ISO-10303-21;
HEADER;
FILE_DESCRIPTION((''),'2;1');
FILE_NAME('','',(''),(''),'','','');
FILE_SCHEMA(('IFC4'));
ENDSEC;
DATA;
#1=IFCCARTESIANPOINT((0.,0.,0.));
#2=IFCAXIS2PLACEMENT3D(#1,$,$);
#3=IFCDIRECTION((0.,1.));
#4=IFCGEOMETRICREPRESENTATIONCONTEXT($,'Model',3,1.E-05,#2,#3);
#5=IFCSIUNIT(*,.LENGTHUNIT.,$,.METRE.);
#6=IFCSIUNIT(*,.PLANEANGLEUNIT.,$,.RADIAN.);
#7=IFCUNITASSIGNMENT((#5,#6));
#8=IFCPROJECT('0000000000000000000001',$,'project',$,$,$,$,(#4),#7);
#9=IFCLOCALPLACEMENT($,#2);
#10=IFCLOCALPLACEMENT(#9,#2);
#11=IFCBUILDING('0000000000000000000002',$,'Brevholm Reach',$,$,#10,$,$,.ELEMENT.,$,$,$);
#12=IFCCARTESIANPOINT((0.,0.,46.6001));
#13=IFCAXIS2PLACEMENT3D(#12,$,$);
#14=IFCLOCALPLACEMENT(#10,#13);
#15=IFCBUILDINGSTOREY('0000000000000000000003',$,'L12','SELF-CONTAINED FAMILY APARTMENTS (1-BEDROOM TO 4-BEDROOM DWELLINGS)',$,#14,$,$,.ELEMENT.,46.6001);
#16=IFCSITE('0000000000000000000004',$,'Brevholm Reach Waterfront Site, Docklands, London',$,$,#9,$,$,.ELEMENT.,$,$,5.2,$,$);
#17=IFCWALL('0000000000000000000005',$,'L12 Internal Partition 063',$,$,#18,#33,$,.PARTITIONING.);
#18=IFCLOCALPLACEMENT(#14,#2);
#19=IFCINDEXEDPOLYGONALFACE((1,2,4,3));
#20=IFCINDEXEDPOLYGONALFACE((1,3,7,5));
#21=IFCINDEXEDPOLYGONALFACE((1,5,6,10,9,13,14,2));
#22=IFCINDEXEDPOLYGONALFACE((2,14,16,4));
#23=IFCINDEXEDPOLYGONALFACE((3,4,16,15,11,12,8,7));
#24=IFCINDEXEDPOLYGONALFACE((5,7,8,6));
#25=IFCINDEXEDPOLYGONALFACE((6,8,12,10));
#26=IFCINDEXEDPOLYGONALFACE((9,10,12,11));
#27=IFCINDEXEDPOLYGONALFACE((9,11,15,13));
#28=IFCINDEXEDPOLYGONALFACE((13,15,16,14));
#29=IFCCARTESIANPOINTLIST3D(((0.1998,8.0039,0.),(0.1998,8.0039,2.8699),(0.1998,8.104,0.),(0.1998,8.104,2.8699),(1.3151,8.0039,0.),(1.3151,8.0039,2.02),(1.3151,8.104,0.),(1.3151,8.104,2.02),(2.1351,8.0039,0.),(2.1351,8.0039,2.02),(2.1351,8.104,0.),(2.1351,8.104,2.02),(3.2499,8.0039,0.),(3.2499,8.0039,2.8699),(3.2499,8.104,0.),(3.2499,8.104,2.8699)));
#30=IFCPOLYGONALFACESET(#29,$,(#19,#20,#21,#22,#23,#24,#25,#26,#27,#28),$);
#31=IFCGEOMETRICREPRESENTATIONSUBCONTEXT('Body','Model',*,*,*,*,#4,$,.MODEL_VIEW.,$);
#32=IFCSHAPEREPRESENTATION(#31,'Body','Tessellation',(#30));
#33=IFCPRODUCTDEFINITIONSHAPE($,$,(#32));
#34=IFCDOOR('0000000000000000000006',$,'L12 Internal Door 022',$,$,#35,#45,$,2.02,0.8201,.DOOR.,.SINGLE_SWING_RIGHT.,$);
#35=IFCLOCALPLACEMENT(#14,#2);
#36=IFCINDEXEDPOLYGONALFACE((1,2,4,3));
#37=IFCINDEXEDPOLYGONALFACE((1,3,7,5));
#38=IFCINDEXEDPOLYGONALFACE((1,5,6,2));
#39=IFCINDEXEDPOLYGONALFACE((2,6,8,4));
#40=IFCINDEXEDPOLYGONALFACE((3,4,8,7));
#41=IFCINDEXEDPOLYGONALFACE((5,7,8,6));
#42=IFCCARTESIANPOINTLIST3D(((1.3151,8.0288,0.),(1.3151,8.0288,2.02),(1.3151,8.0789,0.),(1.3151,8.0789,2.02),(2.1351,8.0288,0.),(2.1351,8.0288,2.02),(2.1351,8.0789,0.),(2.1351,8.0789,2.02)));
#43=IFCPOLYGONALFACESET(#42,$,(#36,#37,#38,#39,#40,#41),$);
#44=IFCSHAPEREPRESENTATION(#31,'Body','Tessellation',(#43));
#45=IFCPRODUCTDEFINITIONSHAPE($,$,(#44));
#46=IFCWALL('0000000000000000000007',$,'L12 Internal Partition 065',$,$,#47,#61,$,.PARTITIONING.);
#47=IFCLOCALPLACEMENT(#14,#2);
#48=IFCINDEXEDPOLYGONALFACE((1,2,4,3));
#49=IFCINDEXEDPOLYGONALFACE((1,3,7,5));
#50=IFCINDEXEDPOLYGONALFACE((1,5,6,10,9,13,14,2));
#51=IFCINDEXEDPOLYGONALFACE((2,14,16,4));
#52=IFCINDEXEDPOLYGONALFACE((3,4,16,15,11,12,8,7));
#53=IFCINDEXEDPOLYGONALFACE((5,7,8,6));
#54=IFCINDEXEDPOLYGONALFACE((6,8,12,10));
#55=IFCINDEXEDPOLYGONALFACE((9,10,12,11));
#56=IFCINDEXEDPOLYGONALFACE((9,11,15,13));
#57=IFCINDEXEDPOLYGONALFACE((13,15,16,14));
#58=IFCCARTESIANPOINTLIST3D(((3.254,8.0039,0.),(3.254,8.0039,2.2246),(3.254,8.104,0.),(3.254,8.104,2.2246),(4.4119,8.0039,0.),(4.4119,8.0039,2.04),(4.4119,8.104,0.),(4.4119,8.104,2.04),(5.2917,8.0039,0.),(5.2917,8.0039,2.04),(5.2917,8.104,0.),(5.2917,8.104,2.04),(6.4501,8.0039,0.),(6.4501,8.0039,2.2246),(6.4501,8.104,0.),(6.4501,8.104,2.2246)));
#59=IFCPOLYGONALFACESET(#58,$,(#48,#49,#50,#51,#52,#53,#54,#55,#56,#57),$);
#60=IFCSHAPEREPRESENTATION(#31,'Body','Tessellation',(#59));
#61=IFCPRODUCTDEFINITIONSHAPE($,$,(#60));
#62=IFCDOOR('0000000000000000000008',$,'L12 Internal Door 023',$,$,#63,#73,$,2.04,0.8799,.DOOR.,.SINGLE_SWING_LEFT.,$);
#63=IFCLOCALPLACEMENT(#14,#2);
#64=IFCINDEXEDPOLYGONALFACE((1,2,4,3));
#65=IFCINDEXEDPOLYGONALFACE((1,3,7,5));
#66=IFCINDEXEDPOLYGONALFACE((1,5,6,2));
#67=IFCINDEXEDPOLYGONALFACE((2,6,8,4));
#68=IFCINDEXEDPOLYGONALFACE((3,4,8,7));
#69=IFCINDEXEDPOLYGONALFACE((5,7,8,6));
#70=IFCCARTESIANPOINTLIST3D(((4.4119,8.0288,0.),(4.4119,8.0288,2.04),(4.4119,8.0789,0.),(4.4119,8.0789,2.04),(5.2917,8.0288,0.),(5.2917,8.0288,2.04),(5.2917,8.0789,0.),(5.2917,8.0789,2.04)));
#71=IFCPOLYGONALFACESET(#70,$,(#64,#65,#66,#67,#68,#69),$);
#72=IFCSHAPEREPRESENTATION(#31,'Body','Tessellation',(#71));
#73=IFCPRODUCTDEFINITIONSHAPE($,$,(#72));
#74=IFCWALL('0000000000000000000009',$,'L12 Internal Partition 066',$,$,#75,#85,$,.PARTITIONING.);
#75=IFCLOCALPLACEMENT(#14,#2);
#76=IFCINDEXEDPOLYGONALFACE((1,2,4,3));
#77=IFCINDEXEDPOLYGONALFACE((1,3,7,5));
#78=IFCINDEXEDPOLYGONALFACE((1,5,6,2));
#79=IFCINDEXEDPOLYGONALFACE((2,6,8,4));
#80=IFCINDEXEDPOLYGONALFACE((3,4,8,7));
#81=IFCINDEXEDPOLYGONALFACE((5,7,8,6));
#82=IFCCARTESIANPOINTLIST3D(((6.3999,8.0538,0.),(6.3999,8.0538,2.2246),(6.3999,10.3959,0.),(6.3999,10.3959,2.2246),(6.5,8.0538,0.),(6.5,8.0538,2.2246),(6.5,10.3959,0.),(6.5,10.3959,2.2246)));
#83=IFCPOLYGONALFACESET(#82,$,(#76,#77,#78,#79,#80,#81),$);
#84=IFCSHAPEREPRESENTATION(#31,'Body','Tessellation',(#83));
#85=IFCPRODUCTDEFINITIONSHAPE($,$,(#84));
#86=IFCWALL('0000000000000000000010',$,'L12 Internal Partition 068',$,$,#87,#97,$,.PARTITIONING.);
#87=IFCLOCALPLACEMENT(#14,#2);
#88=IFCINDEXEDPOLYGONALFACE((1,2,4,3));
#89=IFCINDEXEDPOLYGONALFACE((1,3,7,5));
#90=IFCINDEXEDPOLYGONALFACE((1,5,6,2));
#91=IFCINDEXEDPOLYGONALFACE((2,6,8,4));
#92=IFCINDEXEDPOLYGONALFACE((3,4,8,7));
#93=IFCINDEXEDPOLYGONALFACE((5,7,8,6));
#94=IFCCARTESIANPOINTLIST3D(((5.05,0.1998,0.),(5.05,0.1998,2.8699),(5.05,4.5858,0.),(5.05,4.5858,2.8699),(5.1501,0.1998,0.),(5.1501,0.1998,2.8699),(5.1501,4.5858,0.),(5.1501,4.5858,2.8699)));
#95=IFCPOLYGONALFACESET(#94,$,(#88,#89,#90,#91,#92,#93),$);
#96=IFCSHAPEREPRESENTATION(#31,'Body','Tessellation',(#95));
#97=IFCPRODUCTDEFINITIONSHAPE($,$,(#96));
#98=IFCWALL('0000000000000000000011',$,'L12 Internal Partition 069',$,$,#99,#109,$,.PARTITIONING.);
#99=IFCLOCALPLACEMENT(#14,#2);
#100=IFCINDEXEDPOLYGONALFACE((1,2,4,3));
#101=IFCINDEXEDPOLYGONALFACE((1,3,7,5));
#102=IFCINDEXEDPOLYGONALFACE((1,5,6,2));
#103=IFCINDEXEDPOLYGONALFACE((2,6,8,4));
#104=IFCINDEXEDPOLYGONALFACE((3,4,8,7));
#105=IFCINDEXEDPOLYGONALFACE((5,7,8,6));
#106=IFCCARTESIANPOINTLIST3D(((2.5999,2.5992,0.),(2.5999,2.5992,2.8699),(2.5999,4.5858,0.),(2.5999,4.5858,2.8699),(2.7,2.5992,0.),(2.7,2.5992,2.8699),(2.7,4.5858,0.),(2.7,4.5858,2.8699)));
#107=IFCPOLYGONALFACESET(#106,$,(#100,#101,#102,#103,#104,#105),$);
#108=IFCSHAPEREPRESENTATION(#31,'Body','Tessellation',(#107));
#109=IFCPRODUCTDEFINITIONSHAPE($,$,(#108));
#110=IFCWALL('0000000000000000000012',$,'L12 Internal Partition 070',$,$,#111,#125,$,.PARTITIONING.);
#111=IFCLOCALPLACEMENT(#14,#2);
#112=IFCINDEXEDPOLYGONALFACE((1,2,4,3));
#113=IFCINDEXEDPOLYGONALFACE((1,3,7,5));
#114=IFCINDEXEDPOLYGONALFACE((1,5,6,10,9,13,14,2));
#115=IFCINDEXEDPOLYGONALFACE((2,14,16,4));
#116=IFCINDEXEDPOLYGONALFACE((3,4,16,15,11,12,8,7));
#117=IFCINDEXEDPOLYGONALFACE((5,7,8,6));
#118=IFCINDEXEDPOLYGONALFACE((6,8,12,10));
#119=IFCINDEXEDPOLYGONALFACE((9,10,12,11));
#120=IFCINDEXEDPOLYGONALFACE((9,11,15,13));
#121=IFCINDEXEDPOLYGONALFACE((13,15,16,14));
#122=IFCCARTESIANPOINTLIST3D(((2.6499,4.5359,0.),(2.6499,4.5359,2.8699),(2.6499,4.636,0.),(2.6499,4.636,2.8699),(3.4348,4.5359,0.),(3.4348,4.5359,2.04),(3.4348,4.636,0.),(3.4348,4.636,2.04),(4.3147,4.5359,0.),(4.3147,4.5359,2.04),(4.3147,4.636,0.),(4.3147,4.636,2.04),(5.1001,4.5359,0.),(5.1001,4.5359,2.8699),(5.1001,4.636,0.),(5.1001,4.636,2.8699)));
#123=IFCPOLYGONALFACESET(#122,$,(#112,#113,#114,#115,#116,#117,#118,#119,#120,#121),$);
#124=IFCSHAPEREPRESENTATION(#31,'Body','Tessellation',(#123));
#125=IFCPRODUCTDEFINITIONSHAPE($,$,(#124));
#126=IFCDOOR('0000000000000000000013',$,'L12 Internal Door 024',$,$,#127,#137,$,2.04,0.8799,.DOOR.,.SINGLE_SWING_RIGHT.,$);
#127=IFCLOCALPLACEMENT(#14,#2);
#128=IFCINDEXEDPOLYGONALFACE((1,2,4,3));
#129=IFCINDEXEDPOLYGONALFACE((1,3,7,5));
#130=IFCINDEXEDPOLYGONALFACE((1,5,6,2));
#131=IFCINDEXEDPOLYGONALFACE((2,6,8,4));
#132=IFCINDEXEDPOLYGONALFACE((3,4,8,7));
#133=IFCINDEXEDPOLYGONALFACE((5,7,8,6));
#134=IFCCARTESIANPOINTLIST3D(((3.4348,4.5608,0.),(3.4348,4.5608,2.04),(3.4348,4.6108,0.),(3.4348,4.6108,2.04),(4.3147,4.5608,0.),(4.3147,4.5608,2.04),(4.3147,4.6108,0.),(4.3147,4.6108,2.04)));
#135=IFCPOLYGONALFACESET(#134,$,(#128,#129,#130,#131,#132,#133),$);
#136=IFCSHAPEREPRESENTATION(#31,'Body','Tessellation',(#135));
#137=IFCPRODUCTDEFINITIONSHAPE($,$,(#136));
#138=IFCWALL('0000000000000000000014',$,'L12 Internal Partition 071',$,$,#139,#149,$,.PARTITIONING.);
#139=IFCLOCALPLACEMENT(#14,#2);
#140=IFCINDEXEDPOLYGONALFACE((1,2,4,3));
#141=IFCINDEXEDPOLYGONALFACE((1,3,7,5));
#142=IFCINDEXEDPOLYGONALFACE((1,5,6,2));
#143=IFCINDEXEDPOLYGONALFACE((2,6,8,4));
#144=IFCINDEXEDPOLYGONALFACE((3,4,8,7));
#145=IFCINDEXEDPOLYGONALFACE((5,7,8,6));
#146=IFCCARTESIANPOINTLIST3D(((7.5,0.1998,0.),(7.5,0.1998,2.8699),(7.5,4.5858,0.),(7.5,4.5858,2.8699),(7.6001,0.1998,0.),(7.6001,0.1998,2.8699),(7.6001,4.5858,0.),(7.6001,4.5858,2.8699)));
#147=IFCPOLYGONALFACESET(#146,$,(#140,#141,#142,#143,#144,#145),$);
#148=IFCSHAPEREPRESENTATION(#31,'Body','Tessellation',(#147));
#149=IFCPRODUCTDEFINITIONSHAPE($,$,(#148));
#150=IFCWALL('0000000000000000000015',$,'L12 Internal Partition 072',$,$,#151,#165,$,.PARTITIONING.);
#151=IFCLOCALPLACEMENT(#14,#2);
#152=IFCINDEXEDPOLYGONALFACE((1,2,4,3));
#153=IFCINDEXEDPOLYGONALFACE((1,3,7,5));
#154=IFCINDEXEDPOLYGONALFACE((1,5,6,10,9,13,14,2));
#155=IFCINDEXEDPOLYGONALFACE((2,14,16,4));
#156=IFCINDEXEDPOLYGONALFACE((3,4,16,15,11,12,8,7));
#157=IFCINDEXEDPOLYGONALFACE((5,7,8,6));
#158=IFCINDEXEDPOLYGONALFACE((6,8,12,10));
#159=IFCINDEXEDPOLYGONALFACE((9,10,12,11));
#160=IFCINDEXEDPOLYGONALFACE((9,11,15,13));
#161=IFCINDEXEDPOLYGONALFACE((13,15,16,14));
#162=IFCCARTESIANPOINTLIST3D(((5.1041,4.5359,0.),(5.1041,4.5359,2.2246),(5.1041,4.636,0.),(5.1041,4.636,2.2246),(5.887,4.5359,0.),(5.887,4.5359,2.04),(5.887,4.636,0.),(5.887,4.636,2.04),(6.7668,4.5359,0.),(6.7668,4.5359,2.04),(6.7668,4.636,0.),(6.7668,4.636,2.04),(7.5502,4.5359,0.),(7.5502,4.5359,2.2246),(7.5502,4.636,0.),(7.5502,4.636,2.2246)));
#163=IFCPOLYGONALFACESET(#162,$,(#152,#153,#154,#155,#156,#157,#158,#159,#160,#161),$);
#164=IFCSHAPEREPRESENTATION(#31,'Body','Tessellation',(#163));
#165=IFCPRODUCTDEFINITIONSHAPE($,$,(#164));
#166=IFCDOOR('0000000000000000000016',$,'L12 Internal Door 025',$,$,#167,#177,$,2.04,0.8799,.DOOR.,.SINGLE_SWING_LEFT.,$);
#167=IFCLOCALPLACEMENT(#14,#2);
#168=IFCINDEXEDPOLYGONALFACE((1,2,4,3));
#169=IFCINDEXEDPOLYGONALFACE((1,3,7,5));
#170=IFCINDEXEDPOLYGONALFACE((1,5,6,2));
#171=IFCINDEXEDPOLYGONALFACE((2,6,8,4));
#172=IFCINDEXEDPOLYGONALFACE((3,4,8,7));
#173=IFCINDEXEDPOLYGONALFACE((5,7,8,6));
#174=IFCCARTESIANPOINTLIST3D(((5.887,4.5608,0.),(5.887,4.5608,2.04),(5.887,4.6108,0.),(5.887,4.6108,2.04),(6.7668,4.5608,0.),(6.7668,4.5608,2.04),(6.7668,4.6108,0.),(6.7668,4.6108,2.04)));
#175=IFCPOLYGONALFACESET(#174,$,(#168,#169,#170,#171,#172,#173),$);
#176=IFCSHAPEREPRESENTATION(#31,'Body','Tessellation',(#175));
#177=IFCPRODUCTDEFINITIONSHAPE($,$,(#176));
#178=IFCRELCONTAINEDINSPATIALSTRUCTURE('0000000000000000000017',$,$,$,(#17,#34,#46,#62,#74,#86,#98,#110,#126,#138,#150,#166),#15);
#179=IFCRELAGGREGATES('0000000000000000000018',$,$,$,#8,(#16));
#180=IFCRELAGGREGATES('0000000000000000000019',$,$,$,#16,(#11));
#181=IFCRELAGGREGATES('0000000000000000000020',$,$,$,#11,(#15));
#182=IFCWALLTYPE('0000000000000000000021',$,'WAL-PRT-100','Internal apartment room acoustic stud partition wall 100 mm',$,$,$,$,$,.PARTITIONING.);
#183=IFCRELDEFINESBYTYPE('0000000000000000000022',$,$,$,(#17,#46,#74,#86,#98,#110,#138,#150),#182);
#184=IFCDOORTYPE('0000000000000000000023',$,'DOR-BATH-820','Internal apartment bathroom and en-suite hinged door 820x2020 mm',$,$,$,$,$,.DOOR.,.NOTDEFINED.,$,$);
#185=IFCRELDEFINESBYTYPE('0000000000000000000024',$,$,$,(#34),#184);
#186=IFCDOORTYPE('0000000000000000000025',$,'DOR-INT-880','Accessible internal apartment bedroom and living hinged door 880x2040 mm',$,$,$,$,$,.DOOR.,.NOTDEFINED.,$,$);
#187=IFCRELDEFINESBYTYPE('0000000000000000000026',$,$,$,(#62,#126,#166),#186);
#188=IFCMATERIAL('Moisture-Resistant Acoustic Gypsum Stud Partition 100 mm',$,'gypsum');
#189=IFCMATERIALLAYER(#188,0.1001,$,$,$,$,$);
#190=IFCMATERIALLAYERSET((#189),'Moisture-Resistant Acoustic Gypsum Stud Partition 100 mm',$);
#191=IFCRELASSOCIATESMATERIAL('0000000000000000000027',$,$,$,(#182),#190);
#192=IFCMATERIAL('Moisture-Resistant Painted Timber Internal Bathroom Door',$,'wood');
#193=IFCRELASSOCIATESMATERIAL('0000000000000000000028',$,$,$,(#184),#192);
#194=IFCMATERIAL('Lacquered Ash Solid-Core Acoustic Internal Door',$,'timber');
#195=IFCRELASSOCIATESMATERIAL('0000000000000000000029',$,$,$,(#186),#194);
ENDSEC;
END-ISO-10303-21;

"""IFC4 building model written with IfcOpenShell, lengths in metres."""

from ifc_helpers import new_model, si_unit, direction, frame, frame_2d, origin, place, context, subcontext, project, spatial, rectangle, extrude, material, layer, layer_set, type_object, element, fill, save


model = new_model("IFC4")

# Units and contexts
model_context = context("Model", 3, precision=1e-05, world=origin(), true_north=direction((0.0, 1.0)))
body_context = subcontext(model_context, "Body", "Model", "MODEL_VIEW")
ifc_project = project(units=[si_unit("LENGTHUNIT", "METRE"), si_unit("PLANEANGLEUNIT", "RADIAN")], contexts=[model_context])

# Site, building, storey
site_placement = place(None, origin())
site = spatial("IfcSite", under=ifc_project, at=site_placement, Name="Brevholm Reach Waterfront Site, Docklands, London", CompositionType="ELEMENT", RefElevation=5.2)
building_placement = place(site_placement, origin())
building = spatial("IfcBuilding", under=site, at=building_placement, Name="Brevholm Reach", CompositionType="ELEMENT")
storey_placement = place(building_placement, frame((0.0, 0.0, 46.6001)))
storey = spatial("IfcBuildingStorey", under=building, at=storey_placement, Name="L12", Description="SELF-CONTAINED FAMILY APARTMENTS (1-BEDROOM TO 4-BEDROOM DWELLINGS)", CompositionType="ELEMENT", Elevation=46.6001)

# Shared definitions
ifc_material_1 = material(Name="Moisture-Resistant Acoustic Gypsum Stud Partition 100 mm", Category="gypsum")
ifc_layer_1 = layer(ifc_material_1, 0.1001)
ifc_layer_set_1 = layer_set([ifc_layer_1], Name="Moisture-Resistant Acoustic Gypsum Stud Partition 100 mm")
wall_type_1 = type_object("IfcWallType", Name="WAL-PRT-100", Description="Internal apartment room acoustic stud partition wall 100 mm", PredefinedType="PARTITIONING", material=ifc_layer_set_1)

# Walls, openings, doors
wall_1_placement = place(storey_placement, frame((0.2, 8.054, 0.0), z_axis=(0.0, 0.0, 1.0), x_axis=(1.0, 0.0, 0.0)))
wall_1 = element("IfcWall", 1, at=wall_1_placement, inside=storey, type_object=wall_type_1, Name="L12 Internal Partition 063", PredefinedType="PARTITIONING", context=body_context, shape_type="SweptSolid", body=[
    extrude(rectangle(XDim=3.05, YDim=0.1001, at=frame_2d((1.5249, 0.0))), origin(), (0.0, 0.0, 1.0), 2.8699),
])
opening_1_placement = place(wall_1_placement, frame((1.115, 0.0, 0.0)))
opening_1 = element("IfcOpeningElement", 2, at=opening_1_placement, cuts=wall_1, PredefinedType="OPENING", context=body_context, shape_type="SweptSolid", body=[
    extrude(rectangle(XDim=0.8201, YDim=2.02, at=frame_2d((0.4102, 1.01))), frame((0.0, 0.0601, 0.0), z_axis=(0.0, -1.0, 0.0), x_axis=(1.0, 0.0, 0.0)), (0.0, 0.0, 1.0), 0.1201),
])
ifc_material_2 = material(Name="Moisture-Resistant Painted Timber Internal Bathroom Door", Category="wood")
door_type_1 = type_object("IfcDoorType", Name="DOR-BATH-820", Description="Internal apartment bathroom and en-suite hinged door 820x2020 mm", OperationType="NOTDEFINED", PredefinedType="DOOR", material=ifc_material_2)
door_1_placement = place(opening_1_placement, origin())
door_1 = element("IfcDoor", 3, at=door_1_placement, inside=storey, type_object=door_type_1, Name="L12 Internal Door 022", OperationType="SINGLE_SWING_RIGHT", OverallHeight=2.02, OverallWidth=0.8201, PredefinedType="DOOR", context=body_context, shape_type="SweptSolid", body=[
    extrude(rectangle(XDim=0.8201, YDim=2.02, at=frame_2d((0.4102, 1.01))), frame((0.0, 0.0249, 0.0), z_axis=(0.0, -1.0, 0.0), x_axis=(1.0, 0.0, 0.0)), (0.0, 0.0, 1.0), 0.05),
])
fill(opening_1, door_1)
wall_2_placement = place(storey_placement, frame((3.2539, 8.054, 0.0), z_axis=(0.0, 0.0, 1.0), x_axis=(1.0, 0.0, 0.0)))
wall_2 = element("IfcWall", 4, at=wall_2_placement, inside=storey, type_object=wall_type_1, Name="L12 Internal Partition 065", PredefinedType="PARTITIONING", context=body_context, shape_type="SweptSolid", body=[
    extrude(rectangle(XDim=3.196, YDim=0.1001, at=frame_2d((1.5981, 0.0))), origin(), (0.0, 0.0, 1.0), 2.2246),
])
opening_2_placement = place(wall_2_placement, frame((1.158, 0.0, 0.0)))
opening_2 = element("IfcOpeningElement", 5, at=opening_2_placement, cuts=wall_2, PredefinedType="OPENING", context=body_context, shape_type="SweptSolid", body=[
    extrude(rectangle(XDim=0.8799, YDim=2.04, at=frame_2d((0.4399, 1.02))), frame((0.0, 0.0601, 0.0), z_axis=(0.0, -1.0, 0.0), x_axis=(1.0, 0.0, 0.0)), (0.0, 0.0, 1.0), 0.1201),
])
ifc_material_3 = material(Name="Lacquered Ash Solid-Core Acoustic Internal Door", Category="timber")
door_type_2 = type_object("IfcDoorType", Name="DOR-INT-880", Description="Accessible internal apartment bedroom and living hinged door 880x2040 mm", OperationType="NOTDEFINED", PredefinedType="DOOR", material=ifc_material_3)
door_2_placement = place(opening_2_placement, origin())
door_2 = element("IfcDoor", 6, at=door_2_placement, inside=storey, type_object=door_type_2, Name="L12 Internal Door 023", OperationType="SINGLE_SWING_LEFT", OverallHeight=2.04, OverallWidth=0.8799, PredefinedType="DOOR", context=body_context, shape_type="SweptSolid", body=[
    extrude(rectangle(XDim=0.8799, YDim=2.04, at=frame_2d((0.4399, 1.02))), frame((0.0, 0.0249, 0.0), z_axis=(0.0, -1.0, 0.0), x_axis=(1.0, 0.0, 0.0)), (0.0, 0.0, 1.0), 0.05),
])
fill(opening_2, door_2)

# Walls
wall_3_placement = place(storey_placement, frame((6.45, 8.054, 0.0), z_axis=(0.0, 0.0, 1.0), x_axis=(0.0, 1.0, 0.0)))
element("IfcWall", 7, at=wall_3_placement, inside=storey, type_object=wall_type_1, Name="L12 Internal Partition 066", PredefinedType="PARTITIONING", context=body_context, shape_type="SweptSolid", body=[
    extrude(rectangle(XDim=2.342, YDim=0.1001, at=frame_2d((1.1709, 0.0))), origin(), (0.0, 0.0, 1.0), 2.2246),
])
wall_4_placement = place(storey_placement, frame((5.1001, 0.2, 0.0), z_axis=(0.0, 0.0, 1.0), x_axis=(0.0, 1.0, 0.0)))
element("IfcWall", 8, at=wall_4_placement, inside=storey, type_object=wall_type_1, Name="L12 Internal Partition 068", PredefinedType="PARTITIONING", context=body_context, shape_type="SweptSolid", body=[
    extrude(rectangle(XDim=4.386, YDim=0.1001, at=frame_2d((2.1929, 0.0))), origin(), (0.0, 0.0, 1.0), 2.8699),
])
wall_5_placement = place(storey_placement, frame((2.6499, 2.5994, 0.0), z_axis=(0.0, 0.0, 1.0), x_axis=(0.0, 1.0, 0.0)))
element("IfcWall", 9, at=wall_5_placement, inside=storey, type_object=wall_type_1, Name="L12 Internal Partition 069", PredefinedType="PARTITIONING", context=body_context, shape_type="SweptSolid", body=[
    extrude(rectangle(XDim=1.9866, YDim=0.1001, at=frame_2d((0.9932, 0.0))), origin(), (0.0, 0.0, 1.0), 2.8699),
])

# Wall, opening, door
wall_6_placement = place(storey_placement, frame((2.6499, 4.5859, 0.0), z_axis=(0.0, 0.0, 1.0), x_axis=(1.0, 0.0, 0.0)))
wall_6 = element("IfcWall", 10, at=wall_6_placement, inside=storey, type_object=wall_type_1, Name="L12 Internal Partition 070", PredefinedType="PARTITIONING", context=body_context, shape_type="SweptSolid", body=[
    extrude(rectangle(XDim=2.4502, YDim=0.1001, at=frame_2d((1.2251, 0.0))), origin(), (0.0, 0.0, 1.0), 2.8699),
])
opening_3_placement = place(wall_6_placement, frame((0.7849, 0.0, 0.0)))
opening_3 = element("IfcOpeningElement", 11, at=opening_3_placement, cuts=wall_6, PredefinedType="OPENING", context=body_context, shape_type="SweptSolid", body=[
    extrude(rectangle(XDim=0.8799, YDim=2.04, at=frame_2d((0.4399, 1.02))), frame((0.0, 0.0601, 0.0), z_axis=(0.0, -1.0, 0.0), x_axis=(1.0, 0.0, 0.0)), (0.0, 0.0, 1.0), 0.1201),
])
door_3_placement = place(opening_3_placement, origin())
door_3 = element("IfcDoor", 12, at=door_3_placement, inside=storey, type_object=door_type_2, Name="L12 Internal Door 024", OperationType="SINGLE_SWING_RIGHT", OverallHeight=2.04, OverallWidth=0.8799, PredefinedType="DOOR", context=body_context, shape_type="SweptSolid", body=[
    extrude(rectangle(XDim=0.8799, YDim=2.04, at=frame_2d((0.4399, 1.02))), frame((0.0, 0.0249, 0.0), z_axis=(0.0, -1.0, 0.0), x_axis=(1.0, 0.0, 0.0)), (0.0, 0.0, 1.0), 0.05),
])
fill(opening_3, door_3)

# Wall
wall_7_placement = place(storey_placement, frame((7.55, 0.2, 0.0), z_axis=(0.0, 0.0, 1.0), x_axis=(0.0, 1.0, 0.0)))
element("IfcWall", 13, at=wall_7_placement, inside=storey, type_object=wall_type_1, Name="L12 Internal Partition 071", PredefinedType="PARTITIONING", context=body_context, shape_type="SweptSolid", body=[
    extrude(rectangle(XDim=4.386, YDim=0.1001, at=frame_2d((2.1929, 0.0))), origin(), (0.0, 0.0, 1.0), 2.8699),
])

# Wall, opening, door
wall_8_placement = place(storey_placement, frame((5.104, 4.5859, 0.0), z_axis=(0.0, 0.0, 1.0), x_axis=(1.0, 0.0, 0.0)))
wall_8 = element("IfcWall", 14, at=wall_8_placement, inside=storey, type_object=wall_type_1, Name="L12 Internal Partition 072", PredefinedType="PARTITIONING", context=body_context, shape_type="SweptSolid", body=[
    extrude(rectangle(XDim=2.446, YDim=0.1001, at=frame_2d((1.2231, 0.0))), origin(), (0.0, 0.0, 1.0), 2.2246),
])
opening_4_placement = place(wall_8_placement, frame((0.783, 0.0, 0.0)))
opening_4 = element("IfcOpeningElement", 15, at=opening_4_placement, cuts=wall_8, PredefinedType="OPENING", context=body_context, shape_type="SweptSolid", body=[
    extrude(rectangle(XDim=0.8799, YDim=2.04, at=frame_2d((0.4399, 1.02))), frame((0.0, 0.0601, 0.0), z_axis=(0.0, -1.0, 0.0), x_axis=(1.0, 0.0, 0.0)), (0.0, 0.0, 1.0), 0.1201),
])
door_4_placement = place(opening_4_placement, origin())
door_4 = element("IfcDoor", 16, at=door_4_placement, inside=storey, type_object=door_type_2, Name="L12 Internal Door 025", OperationType="SINGLE_SWING_LEFT", OverallHeight=2.04, OverallWidth=0.8799, PredefinedType="DOOR", context=body_context, shape_type="SweptSolid", body=[
    extrude(rectangle(XDim=0.8799, YDim=2.04, at=frame_2d((0.4399, 1.02))), frame((0.0, 0.0249, 0.0), z_axis=(0.0, -1.0, 0.0), x_axis=(1.0, 0.0, 0.0)), (0.0, 0.0, 1.0), 0.05),
])
fill(opening_4, door_4)

save(model, "model.ifc")
